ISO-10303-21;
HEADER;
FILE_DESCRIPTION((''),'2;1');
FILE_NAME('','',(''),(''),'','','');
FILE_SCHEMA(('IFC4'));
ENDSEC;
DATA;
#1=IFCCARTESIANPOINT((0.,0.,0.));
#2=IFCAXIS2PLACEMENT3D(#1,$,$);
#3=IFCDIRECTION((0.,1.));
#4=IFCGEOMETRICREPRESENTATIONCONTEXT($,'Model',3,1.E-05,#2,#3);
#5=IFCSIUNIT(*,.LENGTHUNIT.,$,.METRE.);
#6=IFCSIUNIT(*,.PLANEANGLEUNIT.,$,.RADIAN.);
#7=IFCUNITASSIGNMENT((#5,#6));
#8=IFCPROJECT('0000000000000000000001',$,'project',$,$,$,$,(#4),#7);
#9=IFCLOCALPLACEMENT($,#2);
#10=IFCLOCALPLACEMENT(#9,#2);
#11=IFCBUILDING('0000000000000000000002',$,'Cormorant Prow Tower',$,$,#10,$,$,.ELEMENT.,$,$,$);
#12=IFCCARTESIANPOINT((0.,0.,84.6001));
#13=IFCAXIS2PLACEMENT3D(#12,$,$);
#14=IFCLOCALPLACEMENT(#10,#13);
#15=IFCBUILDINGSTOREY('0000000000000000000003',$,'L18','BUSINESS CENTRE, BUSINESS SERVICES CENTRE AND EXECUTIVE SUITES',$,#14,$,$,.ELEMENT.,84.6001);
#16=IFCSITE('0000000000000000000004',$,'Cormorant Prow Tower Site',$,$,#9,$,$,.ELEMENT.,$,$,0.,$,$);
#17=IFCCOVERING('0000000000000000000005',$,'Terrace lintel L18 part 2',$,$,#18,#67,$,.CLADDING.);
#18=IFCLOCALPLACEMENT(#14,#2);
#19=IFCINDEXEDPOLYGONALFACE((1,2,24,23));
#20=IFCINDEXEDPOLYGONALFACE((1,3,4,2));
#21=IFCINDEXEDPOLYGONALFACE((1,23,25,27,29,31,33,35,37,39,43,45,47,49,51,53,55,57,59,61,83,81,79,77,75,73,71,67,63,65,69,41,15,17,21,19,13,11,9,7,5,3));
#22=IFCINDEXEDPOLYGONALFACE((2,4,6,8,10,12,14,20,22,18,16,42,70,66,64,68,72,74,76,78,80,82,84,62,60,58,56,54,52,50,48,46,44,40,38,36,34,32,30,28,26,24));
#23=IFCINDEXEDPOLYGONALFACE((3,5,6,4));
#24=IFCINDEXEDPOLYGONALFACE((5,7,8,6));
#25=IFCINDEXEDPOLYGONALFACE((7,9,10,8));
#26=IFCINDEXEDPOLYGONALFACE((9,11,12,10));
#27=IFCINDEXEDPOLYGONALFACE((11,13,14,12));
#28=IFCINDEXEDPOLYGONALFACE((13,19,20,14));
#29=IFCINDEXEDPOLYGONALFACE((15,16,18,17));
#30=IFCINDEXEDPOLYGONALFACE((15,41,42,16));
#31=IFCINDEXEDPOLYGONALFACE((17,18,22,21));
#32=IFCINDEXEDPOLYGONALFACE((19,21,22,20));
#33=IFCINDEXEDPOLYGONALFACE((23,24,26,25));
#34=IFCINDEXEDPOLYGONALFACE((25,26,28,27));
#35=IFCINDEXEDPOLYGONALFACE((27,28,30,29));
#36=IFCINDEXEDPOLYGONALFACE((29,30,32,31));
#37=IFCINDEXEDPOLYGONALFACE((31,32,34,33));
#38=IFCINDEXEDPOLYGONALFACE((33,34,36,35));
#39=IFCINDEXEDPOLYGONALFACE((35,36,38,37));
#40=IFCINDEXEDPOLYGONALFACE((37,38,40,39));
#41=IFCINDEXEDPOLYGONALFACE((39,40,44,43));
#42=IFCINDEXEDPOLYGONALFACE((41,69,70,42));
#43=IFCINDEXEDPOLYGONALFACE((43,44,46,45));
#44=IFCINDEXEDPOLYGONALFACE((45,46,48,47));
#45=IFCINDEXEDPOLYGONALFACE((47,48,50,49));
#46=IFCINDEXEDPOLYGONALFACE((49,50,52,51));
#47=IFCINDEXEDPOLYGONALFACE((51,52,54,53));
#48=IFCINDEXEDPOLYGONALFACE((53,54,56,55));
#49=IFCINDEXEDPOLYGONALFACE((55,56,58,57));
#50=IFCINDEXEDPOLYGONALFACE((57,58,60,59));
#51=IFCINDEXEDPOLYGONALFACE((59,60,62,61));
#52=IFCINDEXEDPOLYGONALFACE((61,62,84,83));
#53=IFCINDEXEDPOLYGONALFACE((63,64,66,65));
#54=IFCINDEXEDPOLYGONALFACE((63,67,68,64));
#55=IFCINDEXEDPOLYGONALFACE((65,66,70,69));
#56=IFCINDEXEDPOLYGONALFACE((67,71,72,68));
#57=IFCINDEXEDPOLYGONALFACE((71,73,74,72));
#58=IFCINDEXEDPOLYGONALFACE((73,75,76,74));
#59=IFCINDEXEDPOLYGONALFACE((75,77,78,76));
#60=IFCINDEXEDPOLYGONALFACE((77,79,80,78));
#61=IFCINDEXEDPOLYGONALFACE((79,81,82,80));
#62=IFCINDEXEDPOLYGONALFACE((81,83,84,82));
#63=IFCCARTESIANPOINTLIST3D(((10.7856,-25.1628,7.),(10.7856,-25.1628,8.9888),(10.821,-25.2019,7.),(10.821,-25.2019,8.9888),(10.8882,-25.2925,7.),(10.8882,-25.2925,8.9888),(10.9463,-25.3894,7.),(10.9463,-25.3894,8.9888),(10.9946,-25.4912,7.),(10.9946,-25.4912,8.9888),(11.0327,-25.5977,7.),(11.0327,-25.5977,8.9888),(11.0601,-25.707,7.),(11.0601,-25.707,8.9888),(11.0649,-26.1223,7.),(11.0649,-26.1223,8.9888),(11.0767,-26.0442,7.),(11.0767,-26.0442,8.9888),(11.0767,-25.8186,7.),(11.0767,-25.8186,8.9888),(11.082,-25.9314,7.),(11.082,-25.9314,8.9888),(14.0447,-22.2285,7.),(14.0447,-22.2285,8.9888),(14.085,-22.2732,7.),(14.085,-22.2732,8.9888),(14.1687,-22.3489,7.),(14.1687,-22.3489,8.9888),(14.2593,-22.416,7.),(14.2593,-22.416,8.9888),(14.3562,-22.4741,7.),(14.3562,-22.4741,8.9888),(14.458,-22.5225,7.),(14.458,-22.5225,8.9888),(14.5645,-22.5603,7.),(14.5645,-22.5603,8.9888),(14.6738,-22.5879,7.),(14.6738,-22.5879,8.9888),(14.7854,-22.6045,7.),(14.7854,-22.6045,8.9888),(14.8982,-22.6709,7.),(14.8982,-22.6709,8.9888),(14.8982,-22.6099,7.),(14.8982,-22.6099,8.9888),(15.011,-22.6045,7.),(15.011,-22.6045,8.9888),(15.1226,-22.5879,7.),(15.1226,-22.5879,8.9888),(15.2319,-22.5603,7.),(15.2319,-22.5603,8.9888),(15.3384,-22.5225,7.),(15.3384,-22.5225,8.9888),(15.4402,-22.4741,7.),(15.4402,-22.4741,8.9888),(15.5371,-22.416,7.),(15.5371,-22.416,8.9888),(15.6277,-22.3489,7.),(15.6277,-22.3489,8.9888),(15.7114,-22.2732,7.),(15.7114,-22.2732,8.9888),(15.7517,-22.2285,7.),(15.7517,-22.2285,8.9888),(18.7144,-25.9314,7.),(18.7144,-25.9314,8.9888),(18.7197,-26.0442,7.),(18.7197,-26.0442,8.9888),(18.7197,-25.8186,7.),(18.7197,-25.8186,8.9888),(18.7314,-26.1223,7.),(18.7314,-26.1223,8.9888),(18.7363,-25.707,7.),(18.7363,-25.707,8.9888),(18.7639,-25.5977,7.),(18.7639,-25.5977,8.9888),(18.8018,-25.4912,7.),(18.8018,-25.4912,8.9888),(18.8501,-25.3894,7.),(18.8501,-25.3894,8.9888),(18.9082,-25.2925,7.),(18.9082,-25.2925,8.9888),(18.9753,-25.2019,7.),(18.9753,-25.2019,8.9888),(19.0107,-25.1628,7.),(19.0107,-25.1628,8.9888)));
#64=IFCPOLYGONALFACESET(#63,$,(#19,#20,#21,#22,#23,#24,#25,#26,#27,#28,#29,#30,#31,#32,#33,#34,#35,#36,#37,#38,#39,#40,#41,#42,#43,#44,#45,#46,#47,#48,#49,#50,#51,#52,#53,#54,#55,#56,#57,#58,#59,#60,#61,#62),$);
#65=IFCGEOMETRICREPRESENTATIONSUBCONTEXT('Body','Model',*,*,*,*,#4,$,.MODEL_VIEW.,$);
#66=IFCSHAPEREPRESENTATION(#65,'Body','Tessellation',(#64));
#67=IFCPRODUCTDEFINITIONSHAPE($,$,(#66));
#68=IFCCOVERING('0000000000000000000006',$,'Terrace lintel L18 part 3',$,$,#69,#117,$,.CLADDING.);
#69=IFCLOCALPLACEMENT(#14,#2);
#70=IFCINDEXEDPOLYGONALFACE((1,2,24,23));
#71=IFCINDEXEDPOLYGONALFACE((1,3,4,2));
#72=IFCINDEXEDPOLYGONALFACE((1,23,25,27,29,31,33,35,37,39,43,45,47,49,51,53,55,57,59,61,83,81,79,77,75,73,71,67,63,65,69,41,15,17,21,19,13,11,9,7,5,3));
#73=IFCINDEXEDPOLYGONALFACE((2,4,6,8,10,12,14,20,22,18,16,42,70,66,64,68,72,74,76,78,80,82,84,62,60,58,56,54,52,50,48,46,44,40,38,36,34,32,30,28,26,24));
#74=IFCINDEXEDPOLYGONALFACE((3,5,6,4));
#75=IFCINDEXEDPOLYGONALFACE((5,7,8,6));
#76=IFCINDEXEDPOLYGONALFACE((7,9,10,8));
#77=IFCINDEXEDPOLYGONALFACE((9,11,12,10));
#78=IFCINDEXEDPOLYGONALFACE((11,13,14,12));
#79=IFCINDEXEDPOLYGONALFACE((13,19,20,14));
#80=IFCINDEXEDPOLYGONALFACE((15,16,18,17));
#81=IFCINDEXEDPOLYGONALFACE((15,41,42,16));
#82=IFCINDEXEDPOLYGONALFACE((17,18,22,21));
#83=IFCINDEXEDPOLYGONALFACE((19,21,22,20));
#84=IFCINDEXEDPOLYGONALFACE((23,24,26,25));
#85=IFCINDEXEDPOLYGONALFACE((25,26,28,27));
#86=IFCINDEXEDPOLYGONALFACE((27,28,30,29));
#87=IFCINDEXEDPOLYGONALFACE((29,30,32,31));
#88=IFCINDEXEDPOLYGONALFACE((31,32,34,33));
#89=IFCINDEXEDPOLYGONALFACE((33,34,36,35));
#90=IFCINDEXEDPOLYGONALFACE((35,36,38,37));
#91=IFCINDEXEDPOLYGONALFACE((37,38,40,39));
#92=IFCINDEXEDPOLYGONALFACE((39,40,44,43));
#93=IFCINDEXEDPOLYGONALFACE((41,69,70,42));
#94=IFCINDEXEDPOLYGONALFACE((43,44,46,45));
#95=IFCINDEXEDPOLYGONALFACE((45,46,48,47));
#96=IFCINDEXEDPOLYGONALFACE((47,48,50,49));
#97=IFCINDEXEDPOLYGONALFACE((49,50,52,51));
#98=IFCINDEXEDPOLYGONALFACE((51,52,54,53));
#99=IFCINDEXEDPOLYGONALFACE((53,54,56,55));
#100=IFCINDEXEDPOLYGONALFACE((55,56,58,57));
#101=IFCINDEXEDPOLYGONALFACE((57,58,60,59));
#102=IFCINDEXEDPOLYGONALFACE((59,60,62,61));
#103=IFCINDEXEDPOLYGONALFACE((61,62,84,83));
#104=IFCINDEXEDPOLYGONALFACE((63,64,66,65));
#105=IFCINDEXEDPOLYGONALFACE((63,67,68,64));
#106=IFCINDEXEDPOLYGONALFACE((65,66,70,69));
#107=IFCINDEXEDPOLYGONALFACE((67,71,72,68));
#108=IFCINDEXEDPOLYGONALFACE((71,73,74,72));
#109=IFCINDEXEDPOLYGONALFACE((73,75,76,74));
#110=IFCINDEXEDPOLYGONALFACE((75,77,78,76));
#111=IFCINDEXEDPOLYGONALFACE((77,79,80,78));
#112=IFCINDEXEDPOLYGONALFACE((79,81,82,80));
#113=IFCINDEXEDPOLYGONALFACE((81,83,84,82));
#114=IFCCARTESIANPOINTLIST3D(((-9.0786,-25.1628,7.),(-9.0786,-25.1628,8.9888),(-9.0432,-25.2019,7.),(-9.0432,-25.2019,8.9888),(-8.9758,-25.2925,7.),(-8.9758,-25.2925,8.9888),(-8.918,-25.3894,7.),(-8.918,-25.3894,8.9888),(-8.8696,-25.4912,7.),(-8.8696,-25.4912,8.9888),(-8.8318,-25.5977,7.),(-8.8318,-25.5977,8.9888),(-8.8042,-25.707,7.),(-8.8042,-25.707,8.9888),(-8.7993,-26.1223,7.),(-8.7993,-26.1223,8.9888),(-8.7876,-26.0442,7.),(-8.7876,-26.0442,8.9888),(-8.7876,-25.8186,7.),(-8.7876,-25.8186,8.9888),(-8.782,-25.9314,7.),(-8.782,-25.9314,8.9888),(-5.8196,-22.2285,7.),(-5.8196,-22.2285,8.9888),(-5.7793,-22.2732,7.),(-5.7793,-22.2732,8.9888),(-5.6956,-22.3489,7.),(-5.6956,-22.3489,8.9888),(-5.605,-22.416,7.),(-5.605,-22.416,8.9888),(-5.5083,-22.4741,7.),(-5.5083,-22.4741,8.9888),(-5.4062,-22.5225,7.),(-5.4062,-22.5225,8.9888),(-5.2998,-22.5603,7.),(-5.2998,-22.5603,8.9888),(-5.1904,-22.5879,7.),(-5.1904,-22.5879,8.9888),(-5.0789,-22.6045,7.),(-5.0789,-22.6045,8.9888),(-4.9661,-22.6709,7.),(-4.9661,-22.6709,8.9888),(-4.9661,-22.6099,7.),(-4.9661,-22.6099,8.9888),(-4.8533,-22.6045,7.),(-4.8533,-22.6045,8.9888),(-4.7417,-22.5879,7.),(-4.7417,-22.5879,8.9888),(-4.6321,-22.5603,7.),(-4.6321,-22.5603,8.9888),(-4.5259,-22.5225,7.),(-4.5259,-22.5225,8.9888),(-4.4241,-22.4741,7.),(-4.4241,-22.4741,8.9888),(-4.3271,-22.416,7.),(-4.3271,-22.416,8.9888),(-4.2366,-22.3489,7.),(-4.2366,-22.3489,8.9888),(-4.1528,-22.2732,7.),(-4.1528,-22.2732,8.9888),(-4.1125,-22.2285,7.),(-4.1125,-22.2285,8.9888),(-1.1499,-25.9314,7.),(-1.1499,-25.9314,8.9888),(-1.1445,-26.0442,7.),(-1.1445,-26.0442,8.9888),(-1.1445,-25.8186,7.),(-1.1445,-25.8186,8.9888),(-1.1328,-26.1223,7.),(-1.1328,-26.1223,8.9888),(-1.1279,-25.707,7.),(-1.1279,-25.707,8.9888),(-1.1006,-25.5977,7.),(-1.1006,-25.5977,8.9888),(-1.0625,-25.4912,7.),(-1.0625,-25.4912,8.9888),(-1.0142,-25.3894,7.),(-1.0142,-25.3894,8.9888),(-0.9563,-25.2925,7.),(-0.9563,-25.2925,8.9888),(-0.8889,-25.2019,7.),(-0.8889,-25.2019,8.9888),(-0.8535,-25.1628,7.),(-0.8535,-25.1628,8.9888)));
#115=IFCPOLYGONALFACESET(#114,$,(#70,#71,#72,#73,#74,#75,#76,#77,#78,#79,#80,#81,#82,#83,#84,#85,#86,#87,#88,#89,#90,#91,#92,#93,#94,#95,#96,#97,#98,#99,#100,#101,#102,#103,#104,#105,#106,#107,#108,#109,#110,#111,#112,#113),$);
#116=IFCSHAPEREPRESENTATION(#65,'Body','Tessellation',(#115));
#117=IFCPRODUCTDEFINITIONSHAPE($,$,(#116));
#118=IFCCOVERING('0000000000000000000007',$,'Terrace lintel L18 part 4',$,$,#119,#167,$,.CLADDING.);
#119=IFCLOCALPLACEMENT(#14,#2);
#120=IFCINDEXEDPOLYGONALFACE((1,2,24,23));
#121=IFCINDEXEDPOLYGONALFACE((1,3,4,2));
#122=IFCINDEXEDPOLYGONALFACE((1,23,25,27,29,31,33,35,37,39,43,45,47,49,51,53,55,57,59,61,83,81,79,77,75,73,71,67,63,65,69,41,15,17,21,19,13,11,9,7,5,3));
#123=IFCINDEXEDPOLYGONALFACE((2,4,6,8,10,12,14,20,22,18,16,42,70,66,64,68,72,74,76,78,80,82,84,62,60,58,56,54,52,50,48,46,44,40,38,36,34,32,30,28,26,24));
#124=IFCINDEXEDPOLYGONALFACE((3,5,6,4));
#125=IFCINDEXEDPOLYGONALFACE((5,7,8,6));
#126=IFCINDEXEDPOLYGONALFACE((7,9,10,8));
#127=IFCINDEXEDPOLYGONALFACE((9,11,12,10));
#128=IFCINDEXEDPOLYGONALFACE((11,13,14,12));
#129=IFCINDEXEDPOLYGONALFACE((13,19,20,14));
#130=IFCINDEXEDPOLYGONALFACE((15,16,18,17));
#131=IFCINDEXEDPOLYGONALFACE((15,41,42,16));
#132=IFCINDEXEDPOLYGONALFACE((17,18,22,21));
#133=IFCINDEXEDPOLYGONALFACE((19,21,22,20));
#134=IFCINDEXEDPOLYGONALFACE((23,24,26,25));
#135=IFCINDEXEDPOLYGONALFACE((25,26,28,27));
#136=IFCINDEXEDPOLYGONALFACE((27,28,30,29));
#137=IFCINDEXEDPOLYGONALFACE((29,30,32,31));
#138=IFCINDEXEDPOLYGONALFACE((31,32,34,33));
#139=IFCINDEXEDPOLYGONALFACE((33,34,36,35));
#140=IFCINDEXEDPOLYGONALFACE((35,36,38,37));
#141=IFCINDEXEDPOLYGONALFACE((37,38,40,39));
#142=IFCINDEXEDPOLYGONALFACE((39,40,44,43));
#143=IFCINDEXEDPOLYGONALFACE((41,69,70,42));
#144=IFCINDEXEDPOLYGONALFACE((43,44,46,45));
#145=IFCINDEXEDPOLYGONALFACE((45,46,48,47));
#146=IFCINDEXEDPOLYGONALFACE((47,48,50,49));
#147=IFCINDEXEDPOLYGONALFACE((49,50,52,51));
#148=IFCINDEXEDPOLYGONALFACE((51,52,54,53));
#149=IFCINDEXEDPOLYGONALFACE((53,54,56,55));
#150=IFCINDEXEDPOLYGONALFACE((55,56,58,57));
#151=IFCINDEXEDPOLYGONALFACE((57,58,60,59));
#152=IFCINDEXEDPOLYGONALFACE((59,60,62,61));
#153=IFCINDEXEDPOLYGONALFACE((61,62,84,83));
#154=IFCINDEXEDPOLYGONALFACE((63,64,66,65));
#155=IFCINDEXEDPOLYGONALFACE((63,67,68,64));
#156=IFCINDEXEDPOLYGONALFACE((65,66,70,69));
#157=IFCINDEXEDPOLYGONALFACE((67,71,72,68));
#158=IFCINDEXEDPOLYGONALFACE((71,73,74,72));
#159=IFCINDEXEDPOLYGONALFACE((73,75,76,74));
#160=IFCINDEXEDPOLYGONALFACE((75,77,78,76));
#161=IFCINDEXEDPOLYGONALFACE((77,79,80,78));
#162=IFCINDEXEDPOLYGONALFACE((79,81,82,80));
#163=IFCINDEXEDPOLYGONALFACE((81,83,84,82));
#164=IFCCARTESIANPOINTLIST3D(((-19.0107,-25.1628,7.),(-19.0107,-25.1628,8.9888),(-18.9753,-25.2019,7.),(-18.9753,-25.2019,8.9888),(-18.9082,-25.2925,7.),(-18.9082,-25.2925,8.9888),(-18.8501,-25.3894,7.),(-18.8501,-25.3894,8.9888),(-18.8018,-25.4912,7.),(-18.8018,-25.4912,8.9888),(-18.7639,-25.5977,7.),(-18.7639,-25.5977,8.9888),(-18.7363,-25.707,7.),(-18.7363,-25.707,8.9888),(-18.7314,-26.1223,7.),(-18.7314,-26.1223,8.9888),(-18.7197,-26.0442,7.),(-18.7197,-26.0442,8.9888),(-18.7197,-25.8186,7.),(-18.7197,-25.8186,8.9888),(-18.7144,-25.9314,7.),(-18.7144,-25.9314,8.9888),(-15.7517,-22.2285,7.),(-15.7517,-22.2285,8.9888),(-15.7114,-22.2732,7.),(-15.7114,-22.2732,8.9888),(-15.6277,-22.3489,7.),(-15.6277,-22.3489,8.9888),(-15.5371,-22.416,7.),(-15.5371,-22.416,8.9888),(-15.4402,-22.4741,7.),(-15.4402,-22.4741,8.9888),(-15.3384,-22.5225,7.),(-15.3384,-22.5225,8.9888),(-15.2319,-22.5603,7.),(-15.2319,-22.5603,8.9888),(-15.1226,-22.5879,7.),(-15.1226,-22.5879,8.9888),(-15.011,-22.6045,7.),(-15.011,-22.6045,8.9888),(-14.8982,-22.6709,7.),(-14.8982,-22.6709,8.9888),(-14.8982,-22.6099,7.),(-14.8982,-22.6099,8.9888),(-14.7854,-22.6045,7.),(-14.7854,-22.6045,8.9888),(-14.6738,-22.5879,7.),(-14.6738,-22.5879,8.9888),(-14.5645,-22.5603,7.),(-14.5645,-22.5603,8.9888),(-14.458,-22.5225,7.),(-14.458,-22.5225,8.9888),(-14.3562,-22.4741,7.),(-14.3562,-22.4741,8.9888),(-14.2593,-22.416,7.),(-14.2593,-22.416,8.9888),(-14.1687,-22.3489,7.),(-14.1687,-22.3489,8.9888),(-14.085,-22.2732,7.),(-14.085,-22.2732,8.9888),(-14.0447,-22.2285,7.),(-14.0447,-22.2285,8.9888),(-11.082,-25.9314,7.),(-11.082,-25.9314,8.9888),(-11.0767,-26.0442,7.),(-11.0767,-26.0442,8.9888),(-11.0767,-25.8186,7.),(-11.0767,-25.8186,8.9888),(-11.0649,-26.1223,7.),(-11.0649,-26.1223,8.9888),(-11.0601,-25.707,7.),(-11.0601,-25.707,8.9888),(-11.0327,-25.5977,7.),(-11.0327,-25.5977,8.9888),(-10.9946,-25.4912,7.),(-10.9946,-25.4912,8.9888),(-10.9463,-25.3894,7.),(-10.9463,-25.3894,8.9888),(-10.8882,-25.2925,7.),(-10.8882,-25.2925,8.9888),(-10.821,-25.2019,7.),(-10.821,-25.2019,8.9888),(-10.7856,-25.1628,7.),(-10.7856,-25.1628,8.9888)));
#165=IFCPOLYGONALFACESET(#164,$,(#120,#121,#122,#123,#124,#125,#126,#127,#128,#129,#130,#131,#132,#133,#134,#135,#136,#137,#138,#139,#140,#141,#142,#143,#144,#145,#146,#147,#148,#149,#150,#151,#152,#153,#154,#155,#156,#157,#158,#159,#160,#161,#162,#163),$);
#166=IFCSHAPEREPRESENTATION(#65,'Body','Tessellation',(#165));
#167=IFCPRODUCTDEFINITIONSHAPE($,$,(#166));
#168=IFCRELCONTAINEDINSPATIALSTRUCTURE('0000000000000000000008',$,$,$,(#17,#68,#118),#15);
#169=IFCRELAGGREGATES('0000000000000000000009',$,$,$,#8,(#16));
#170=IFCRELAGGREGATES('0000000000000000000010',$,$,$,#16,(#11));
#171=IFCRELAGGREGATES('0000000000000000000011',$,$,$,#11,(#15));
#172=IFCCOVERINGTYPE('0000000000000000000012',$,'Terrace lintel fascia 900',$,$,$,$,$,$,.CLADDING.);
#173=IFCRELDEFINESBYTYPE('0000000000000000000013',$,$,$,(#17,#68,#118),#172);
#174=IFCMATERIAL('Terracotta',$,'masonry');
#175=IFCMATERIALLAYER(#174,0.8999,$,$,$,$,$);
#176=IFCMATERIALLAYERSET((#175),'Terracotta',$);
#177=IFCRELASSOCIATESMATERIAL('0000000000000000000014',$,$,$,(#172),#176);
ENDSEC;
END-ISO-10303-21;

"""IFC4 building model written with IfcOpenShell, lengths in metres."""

from ifc_helpers import new_model, si_unit, direction, frame, origin, place, context, subcontext, project, spatial, polyline, outline, extrude, material, layer, layer_set, type_object, element, save


model = new_model("IFC4")

# Units and contexts
model_context = context("Model", 3, precision=1e-05, world=origin(), true_north=direction((0.0, 1.0)))
body_context = subcontext(model_context, "Body", "Model", "MODEL_VIEW")
ifc_project = project(units=[si_unit("LENGTHUNIT", "METRE"), si_unit("PLANEANGLEUNIT", "RADIAN")], contexts=[model_context])

# Site, building, storey
site_placement = place(None, origin())
site = spatial("IfcSite", under=ifc_project, at=site_placement, Name="Cormorant Prow Tower Site", CompositionType="ELEMENT", RefElevation=0.0)
building_placement = place(site_placement, origin())
building = spatial("IfcBuilding", under=site, at=building_placement, Name="Cormorant Prow Tower", CompositionType="ELEMENT")
storey_placement = place(building_placement, frame((0.0, 0.0, 84.6001)))
storey = spatial("IfcBuildingStorey", under=building, at=storey_placement, Name="L18", Description="BUSINESS CENTRE, BUSINESS SERVICES CENTRE AND EXECUTIVE SUITES", CompositionType="ELEMENT", Elevation=84.6001)

# Coverings
ifc_material_1 = material(Name="Terracotta", Category="masonry")
ifc_layer_1 = layer(ifc_material_1, 0.8999)
ifc_layer_set_1 = layer_set([ifc_layer_1], Name="Terracotta")
covering_type = type_object("IfcCoveringType", Name="Terrace lintel fascia 900", PredefinedType="CLADDING", material=ifc_layer_set_1)
covering_1_placement = place(storey_placement, frame((0.0, 0.0, 7.0)))
element("IfcCovering", 1, at=covering_1_placement, inside=storey, type_object=covering_type, Name="Terrace lintel L18 part 2", PredefinedType="CLADDING", context=body_context, shape_type="SweptSolid", body=[
    extrude(outline(polyline([(14.0447, -22.2285), (14.085, -22.2732), (14.1687, -22.3489), (14.2593, -22.416), (14.3562, -22.4741), (14.458, -22.5225), (14.5645, -22.5603), (14.6738, -22.5879), (14.7854, -22.6045), (14.8982, -22.6099), (15.011, -22.6045), (15.1226, -22.5879), (15.2319, -22.5603), (15.3384, -22.5225), (15.4402, -22.4741), (15.5371, -22.416), (15.6277, -22.3489), (15.7114, -22.2732), (15.7517, -22.2285), (19.0107, -25.1628), (18.9753, -25.2019), (18.9082, -25.2925), (18.8501, -25.3894), (18.8018, -25.4912), (18.7639, -25.5977), (18.7363, -25.707), (18.7197, -25.8186), (18.7144, -25.9314), (18.7197, -26.0442), (18.7314, -26.1223), (14.8982, -22.6709), (11.0649, -26.1223), (11.0767, -26.0442), (11.082, -25.9314), (11.0767, -25.8186), (11.0601, -25.707), (11.0327, -25.5977), (10.9946, -25.4912), (10.9463, -25.3894), (10.8882, -25.2925), (10.821, -25.2019), (10.7856, -25.1628), (14.0447, -22.2285)])), origin(), (0.0, 0.0, 1.0), 1.9888),
])
covering_2_placement = place(storey_placement, frame((0.0, 0.0, 7.0)))
element("IfcCovering", 2, at=covering_2_placement, inside=storey, type_object=covering_type, Name="Terrace lintel L18 part 3", PredefinedType="CLADDING", context=body_context, shape_type="SweptSolid", body=[
    extrude(outline(polyline([(-5.8196, -22.2285), (-5.7793, -22.2732), (-5.6956, -22.3489), (-5.605, -22.416), (-5.5083, -22.4741), (-5.4062, -22.5225), (-5.2998, -22.5603), (-5.1904, -22.5879), (-5.0789, -22.6045), (-4.9661, -22.6099), (-4.8533, -22.6045), (-4.7417, -22.5879), (-4.6321, -22.5603), (-4.5259, -22.5225), (-4.4241, -22.4741), (-4.3271, -22.416), (-4.2366, -22.3489), (-4.1528, -22.2732), (-4.1125, -22.2285), (-0.8535, -25.1628), (-0.8889, -25.2019), (-0.9563, -25.2925), (-1.0142, -25.3894), (-1.0625, -25.4912), (-1.1006, -25.5977), (-1.1279, -25.707), (-1.1445, -25.8186), (-1.1499, -25.9314), (-1.1445, -26.0442), (-1.1328, -26.1223), (-4.9661, -22.6709), (-8.7993, -26.1223), (-8.7876, -26.0442), (-8.782, -25.9314), (-8.7876, -25.8186), (-8.8042, -25.707), (-8.8318, -25.5977), (-8.8696, -25.4912), (-8.918, -25.3894), (-8.9758, -25.2925), (-9.0432, -25.2019), (-9.0786, -25.1628), (-5.8196, -22.2285)])), origin(), (0.0, 0.0, 1.0), 1.9888),
])
covering_3_placement = place(storey_placement, frame((0.0, 0.0, 7.0)))
element("IfcCovering", 3, at=covering_3_placement, inside=storey, type_object=covering_type, Name="Terrace lintel L18 part 4", PredefinedType="CLADDING", context=body_context, shape_type="SweptSolid", body=[
    extrude(outline(polyline([(-10.7856, -25.1628), (-10.821, -25.2019), (-10.8882, -25.2925), (-10.9463, -25.3894), (-10.9946, -25.4912), (-11.0327, -25.5977), (-11.0601, -25.707), (-11.0767, -25.8186), (-11.082, -25.9314), (-11.0767, -26.0442), (-11.0649, -26.1223), (-14.8982, -22.6709), (-18.7314, -26.1223), (-18.7197, -26.0442), (-18.7144, -25.9314), (-18.7197, -25.8186), (-18.7363, -25.707), (-18.7639, -25.5977), (-18.8018, -25.4912), (-18.8501, -25.3894), (-18.9082, -25.2925), (-18.9753, -25.2019), (-19.0107, -25.1628), (-15.7517, -22.2285), (-15.7114, -22.2732), (-15.6277, -22.3489), (-15.5371, -22.416), (-15.4402, -22.4741), (-15.3384, -22.5225), (-15.2319, -22.5603), (-15.1226, -22.5879), (-15.011, -22.6045), (-14.8982, -22.6099), (-14.7854, -22.6045), (-14.6738, -22.5879), (-14.5645, -22.5603), (-14.458, -22.5225), (-14.3562, -22.4741), (-14.2593, -22.416), (-14.1687, -22.3489), (-14.085, -22.2732), (-14.0447, -22.2285), (-10.7856, -25.1628)])), origin(), (0.0, 0.0, 1.0), 1.9888),
])

save(model, "model.ifc")
